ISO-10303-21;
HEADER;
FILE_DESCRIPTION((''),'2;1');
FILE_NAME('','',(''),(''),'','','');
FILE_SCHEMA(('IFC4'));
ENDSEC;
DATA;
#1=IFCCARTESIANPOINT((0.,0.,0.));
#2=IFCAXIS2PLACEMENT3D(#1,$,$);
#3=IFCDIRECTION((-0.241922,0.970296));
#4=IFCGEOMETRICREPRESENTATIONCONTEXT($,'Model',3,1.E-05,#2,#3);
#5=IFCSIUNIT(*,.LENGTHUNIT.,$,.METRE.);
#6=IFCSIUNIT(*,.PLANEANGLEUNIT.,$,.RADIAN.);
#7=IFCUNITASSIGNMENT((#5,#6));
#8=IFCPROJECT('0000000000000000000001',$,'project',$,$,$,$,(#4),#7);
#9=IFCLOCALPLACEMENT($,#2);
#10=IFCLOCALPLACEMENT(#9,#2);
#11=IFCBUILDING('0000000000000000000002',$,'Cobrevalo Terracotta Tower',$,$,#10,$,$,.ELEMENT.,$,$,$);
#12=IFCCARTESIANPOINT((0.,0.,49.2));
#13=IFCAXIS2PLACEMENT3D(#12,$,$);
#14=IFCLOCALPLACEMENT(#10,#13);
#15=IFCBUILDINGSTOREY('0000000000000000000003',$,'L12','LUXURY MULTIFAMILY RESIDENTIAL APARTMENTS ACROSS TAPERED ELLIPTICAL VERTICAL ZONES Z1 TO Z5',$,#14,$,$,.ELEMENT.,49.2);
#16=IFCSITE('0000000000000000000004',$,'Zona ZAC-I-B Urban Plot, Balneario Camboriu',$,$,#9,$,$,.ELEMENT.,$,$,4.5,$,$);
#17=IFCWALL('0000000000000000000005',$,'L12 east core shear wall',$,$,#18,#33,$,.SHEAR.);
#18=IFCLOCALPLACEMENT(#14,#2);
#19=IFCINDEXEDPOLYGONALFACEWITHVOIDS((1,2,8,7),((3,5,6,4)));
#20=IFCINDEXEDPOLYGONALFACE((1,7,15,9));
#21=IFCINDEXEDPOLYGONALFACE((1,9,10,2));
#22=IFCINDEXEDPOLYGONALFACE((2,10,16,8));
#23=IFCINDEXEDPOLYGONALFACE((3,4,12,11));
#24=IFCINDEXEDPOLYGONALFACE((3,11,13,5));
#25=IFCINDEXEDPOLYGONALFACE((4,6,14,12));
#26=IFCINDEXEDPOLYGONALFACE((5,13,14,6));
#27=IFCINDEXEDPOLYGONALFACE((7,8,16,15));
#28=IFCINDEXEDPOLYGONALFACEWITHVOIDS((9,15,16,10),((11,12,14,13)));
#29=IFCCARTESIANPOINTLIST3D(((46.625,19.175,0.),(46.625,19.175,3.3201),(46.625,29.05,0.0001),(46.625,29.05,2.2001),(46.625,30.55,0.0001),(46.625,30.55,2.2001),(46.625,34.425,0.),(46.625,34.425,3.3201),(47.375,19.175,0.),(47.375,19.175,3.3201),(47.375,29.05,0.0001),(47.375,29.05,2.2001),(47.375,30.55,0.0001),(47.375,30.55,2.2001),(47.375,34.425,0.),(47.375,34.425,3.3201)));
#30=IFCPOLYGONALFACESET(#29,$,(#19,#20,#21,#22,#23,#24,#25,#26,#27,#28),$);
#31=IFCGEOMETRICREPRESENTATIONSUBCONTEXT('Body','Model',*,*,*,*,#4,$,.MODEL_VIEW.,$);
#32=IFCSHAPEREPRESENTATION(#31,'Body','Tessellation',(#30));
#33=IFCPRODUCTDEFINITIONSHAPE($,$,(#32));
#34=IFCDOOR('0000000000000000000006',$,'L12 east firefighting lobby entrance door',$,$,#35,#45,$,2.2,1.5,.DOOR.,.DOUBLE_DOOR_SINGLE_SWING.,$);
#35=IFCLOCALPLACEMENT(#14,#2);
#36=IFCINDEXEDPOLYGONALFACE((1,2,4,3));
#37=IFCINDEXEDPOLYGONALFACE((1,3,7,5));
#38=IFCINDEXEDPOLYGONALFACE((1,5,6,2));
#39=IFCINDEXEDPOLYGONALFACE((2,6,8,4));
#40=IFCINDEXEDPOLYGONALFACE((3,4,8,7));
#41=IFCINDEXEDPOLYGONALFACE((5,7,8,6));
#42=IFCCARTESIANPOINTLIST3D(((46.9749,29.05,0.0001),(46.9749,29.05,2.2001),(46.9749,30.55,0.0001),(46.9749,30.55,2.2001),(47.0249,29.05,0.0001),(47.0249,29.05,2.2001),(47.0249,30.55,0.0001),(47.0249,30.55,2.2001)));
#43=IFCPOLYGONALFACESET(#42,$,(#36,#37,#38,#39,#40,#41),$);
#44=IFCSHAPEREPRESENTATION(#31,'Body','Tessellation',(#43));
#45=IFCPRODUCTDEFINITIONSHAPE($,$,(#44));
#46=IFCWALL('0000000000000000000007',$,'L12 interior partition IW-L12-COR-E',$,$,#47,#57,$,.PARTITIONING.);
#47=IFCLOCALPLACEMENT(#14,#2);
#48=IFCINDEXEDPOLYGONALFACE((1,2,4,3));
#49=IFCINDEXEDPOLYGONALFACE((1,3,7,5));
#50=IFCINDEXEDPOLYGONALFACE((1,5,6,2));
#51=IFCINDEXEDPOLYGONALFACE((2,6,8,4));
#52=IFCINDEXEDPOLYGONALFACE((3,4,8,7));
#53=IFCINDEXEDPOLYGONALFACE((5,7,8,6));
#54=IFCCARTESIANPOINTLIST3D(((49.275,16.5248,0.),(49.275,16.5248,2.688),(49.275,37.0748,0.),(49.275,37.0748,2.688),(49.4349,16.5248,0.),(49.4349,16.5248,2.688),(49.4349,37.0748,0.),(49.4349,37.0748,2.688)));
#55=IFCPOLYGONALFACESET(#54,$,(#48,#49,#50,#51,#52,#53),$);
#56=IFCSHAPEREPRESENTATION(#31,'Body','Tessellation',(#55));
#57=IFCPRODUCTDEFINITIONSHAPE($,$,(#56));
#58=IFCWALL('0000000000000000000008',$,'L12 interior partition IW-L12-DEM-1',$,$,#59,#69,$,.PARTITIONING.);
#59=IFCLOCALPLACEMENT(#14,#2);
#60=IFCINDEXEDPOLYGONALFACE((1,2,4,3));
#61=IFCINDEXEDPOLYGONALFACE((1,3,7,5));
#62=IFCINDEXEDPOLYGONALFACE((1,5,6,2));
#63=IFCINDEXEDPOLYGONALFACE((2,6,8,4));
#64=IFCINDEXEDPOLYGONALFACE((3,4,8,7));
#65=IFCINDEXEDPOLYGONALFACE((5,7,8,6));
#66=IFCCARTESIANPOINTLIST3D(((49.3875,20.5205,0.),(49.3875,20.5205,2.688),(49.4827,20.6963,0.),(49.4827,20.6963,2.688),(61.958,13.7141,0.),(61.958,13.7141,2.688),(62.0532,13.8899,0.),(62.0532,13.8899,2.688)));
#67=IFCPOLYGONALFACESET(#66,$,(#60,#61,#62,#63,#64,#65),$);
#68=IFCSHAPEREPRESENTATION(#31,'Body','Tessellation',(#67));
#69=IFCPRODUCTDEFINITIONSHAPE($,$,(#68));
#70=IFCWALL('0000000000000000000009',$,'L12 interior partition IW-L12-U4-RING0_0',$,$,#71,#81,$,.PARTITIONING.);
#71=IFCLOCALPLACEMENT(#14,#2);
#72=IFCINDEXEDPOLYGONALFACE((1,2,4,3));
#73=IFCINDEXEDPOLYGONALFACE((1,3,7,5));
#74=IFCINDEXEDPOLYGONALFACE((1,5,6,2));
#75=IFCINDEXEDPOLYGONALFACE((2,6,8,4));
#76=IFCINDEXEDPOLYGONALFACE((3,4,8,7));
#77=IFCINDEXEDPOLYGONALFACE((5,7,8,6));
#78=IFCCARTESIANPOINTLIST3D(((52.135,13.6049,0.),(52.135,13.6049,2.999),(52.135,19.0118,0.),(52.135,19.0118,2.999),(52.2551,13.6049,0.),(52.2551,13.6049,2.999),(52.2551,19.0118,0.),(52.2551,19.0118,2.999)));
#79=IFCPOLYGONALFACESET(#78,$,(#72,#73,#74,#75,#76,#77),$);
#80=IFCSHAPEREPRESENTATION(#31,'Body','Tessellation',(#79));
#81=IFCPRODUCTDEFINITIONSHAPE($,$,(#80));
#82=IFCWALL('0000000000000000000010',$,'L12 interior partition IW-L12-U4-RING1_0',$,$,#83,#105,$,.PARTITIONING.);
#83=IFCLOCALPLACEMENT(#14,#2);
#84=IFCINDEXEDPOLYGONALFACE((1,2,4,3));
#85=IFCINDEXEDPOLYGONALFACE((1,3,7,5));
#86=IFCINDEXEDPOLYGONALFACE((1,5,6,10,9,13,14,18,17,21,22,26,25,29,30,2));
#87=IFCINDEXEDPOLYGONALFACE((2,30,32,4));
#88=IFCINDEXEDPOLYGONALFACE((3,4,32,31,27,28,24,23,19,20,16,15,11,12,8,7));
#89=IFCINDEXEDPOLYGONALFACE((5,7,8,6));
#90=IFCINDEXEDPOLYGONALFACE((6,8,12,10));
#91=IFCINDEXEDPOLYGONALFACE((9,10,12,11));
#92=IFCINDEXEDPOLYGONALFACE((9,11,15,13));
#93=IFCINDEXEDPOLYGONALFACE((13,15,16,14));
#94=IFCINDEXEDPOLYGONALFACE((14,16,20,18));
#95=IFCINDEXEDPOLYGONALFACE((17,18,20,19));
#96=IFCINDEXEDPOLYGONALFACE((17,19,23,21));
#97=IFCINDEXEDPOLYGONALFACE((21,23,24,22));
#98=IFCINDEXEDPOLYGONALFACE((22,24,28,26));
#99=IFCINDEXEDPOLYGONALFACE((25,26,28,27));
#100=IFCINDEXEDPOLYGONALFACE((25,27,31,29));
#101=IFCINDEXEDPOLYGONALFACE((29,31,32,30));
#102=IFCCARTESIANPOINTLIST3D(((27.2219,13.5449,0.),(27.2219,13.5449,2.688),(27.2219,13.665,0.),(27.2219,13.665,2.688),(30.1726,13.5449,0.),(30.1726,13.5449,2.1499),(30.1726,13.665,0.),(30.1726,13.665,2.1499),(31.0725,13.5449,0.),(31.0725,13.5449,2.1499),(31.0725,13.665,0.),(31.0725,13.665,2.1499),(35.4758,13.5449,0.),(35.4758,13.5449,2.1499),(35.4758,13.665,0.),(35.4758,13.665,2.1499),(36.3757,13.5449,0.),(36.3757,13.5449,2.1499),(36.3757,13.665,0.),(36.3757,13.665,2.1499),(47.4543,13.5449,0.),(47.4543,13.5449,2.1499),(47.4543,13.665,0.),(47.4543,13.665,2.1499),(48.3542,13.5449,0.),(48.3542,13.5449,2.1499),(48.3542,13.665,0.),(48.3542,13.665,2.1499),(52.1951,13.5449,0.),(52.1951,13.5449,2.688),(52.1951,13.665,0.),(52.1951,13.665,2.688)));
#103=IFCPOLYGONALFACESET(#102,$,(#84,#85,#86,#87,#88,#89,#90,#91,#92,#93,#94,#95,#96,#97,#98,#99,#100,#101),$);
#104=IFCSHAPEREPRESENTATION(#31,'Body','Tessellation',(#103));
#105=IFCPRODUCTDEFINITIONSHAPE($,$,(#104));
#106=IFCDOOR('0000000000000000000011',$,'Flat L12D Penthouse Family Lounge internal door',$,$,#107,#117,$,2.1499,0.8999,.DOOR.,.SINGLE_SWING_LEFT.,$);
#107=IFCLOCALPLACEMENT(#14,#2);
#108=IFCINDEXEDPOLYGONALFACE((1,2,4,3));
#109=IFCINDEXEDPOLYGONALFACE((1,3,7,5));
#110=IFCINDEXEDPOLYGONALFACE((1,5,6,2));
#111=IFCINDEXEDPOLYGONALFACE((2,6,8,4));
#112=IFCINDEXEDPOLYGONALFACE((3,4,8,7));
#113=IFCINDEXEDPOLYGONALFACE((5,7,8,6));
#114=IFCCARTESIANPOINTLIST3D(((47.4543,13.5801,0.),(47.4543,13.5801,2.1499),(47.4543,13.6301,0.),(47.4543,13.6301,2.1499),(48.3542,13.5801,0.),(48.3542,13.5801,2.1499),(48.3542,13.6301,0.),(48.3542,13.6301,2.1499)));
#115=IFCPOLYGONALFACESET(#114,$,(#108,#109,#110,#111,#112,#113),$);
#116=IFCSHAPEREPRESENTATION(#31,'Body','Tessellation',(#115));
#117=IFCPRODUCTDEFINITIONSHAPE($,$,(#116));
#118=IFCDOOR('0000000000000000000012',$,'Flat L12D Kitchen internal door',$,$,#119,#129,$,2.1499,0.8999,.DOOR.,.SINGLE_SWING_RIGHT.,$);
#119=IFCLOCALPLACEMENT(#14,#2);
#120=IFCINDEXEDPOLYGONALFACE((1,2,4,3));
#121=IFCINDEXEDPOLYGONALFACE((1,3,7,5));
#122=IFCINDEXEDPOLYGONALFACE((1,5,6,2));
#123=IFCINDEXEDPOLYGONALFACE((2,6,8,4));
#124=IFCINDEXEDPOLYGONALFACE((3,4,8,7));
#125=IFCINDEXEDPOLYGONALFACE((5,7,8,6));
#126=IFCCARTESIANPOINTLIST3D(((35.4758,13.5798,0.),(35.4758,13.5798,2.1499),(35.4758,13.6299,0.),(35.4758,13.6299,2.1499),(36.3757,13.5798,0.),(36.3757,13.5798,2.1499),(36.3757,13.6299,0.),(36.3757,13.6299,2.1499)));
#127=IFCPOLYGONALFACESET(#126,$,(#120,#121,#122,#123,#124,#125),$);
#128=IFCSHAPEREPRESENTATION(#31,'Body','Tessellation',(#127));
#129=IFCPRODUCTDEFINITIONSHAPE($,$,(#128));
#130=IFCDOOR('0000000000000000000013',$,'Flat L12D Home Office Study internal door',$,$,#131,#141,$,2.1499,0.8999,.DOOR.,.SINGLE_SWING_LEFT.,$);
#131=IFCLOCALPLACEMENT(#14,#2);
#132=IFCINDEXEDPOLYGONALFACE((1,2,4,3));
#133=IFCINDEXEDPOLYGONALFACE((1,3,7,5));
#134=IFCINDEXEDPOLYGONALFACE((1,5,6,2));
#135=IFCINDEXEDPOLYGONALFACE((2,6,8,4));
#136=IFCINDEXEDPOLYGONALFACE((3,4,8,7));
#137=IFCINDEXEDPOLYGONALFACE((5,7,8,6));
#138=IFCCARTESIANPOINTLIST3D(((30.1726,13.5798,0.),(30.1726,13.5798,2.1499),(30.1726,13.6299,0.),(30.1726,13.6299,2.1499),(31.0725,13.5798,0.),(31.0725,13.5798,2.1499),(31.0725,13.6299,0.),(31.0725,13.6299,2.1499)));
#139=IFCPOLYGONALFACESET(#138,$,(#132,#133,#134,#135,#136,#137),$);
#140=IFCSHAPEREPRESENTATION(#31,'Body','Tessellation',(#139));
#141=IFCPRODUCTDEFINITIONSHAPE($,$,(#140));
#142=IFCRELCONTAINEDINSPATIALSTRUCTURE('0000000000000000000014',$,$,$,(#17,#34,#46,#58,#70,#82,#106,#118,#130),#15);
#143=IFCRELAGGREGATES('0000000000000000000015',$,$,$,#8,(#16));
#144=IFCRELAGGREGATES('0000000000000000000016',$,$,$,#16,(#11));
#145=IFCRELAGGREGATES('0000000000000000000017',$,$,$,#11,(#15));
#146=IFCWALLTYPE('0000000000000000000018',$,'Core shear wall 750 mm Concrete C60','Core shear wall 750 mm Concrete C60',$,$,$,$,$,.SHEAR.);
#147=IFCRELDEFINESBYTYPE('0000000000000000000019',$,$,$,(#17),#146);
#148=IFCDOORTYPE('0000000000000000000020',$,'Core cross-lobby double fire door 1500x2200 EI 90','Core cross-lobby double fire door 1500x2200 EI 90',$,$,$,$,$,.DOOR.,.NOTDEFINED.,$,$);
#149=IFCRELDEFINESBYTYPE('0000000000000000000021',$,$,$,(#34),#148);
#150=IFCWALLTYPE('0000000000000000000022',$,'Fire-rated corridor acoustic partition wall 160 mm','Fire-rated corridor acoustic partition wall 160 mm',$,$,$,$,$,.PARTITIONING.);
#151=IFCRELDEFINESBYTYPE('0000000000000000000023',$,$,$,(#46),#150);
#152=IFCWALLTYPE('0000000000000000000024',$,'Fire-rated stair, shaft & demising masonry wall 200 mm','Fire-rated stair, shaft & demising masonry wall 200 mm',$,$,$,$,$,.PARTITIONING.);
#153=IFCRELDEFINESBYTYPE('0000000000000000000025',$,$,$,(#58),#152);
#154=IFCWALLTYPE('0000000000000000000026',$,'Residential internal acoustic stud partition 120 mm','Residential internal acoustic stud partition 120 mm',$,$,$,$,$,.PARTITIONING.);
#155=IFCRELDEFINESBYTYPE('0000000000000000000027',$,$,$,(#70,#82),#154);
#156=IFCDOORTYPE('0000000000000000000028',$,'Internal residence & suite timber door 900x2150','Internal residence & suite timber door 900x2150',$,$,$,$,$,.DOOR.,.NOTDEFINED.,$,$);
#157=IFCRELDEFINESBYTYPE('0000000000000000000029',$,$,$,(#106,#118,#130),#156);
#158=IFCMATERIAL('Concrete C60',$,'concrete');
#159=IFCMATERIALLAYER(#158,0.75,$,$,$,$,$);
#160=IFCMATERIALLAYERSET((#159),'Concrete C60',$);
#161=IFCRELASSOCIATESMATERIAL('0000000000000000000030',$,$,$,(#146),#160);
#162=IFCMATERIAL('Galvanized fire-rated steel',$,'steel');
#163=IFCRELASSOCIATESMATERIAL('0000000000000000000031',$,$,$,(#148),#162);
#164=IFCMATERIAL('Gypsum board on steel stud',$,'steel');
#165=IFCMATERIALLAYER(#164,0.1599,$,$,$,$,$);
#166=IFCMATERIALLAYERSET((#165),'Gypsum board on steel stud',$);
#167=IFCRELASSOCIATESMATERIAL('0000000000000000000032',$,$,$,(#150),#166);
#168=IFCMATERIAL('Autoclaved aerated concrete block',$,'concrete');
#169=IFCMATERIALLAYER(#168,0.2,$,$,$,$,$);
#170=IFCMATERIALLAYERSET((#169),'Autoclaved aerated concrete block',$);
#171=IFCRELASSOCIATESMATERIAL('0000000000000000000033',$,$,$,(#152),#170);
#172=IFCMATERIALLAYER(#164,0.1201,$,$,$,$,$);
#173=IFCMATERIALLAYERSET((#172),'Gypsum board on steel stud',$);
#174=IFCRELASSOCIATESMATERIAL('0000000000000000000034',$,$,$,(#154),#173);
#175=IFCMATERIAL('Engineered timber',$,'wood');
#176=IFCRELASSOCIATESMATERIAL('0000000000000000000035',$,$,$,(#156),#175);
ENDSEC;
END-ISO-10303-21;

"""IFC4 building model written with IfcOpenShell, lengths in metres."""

from ifc_helpers import new_model, si_unit, direction, frame, frame_2d, origin, place, context, subcontext, project, spatial, rectangle, extrude, source, transform, mapped, material, layer, layer_set, type_object, element, fill, save


model = new_model("IFC4")

# Units and contexts
model_context = context("Model", 3, precision=1e-05, world=origin(), true_north=direction((-0.241922, 0.970296)))
body_context = subcontext(model_context, "Body", "Model", "MODEL_VIEW")
ifc_project = project(units=[si_unit("LENGTHUNIT", "METRE"), si_unit("PLANEANGLEUNIT", "RADIAN")], contexts=[model_context])

# Site, building, storey
site_placement = place(None, origin())
site = spatial("IfcSite", under=ifc_project, at=site_placement, Name="Zona ZAC-I-B Urban Plot, Balneario Camboriu", CompositionType="ELEMENT", RefElevation=4.5)
building_placement = place(site_placement, origin())
building = spatial("IfcBuilding", under=site, at=building_placement, Name="Cobrevalo Terracotta Tower", CompositionType="ELEMENT")
storey_placement = place(building_placement, frame((0.0, 0.0, 49.2)))
storey = spatial("IfcBuildingStorey", under=building, at=storey_placement, Name="L12", Description="LUXURY MULTIFAMILY RESIDENTIAL APARTMENTS ACROSS TAPERED ELLIPTICAL VERTICAL ZONES Z1 TO Z5", CompositionType="ELEMENT", Elevation=49.2)

# Wall, opening, door
ifc_material_1 = material(Name="Concrete C60", Category="concrete")
ifc_layer_1 = layer(ifc_material_1, 0.75)
ifc_layer_set_1 = layer_set([ifc_layer_1], Name="Concrete C60")
wall_type_1 = type_object("IfcWallType", Name="Core shear wall 750 mm Concrete C60", Description="Core shear wall 750 mm Concrete C60", PredefinedType="SHEAR", material=ifc_layer_set_1)
wall_1_placement = place(storey_placement, frame((47.0, 19.175, 0.0), z_axis=(0.0, 0.0, 1.0), x_axis=(0.0, 1.0, 0.0)))
wall_1 = element("IfcWall", 1, at=wall_1_placement, inside=storey, type_object=wall_type_1, Name="L12 east core shear wall", PredefinedType="SHEAR", context=body_context, shape_type="SweptSolid", body=[
    extrude(rectangle(XDim=15.25, YDim=0.75, at=frame_2d((7.625, 0.0))), origin(), (0.0, 0.0, 1.0), 3.3201),
])
opening_1_placement = place(wall_1_placement, frame((9.875, 0.0, 0.0)))
opening_1 = element("IfcOpeningElement", 2, at=opening_1_placement, cuts=wall_1, PredefinedType="OPENING", context=body_context, shape_type="SweptSolid", body=[
    extrude(rectangle(XDim=1.5, YDim=2.2, at=frame_2d((0.75, 1.1001))), frame((0.0, 0.385, 0.0), z_axis=(0.0, -1.0, 0.0), x_axis=(1.0, 0.0, 0.0)), (0.0, 0.0, 1.0), 0.77),
])
ifc_material_2 = material(Name="Galvanized fire-rated steel", Category="steel")
door_type_1 = type_object("IfcDoorType", Name="Core cross-lobby double fire door 1500x2200 EI 90", Description="Core cross-lobby double fire door 1500x2200 EI 90", OperationType="NOTDEFINED", PredefinedType="DOOR", material=ifc_material_2)
shared_shape_1 = source(origin(), body_context, "Body", "SweptSolid", [
    extrude(rectangle(XDim=1.5, YDim=2.2, at=frame_2d((0.75, 1.1001))), frame((0.0, 0.0249, 0.0), z_axis=(0.0, -1.0, 0.0), x_axis=(1.0, 0.0, 0.0)), (0.0, 0.0, 1.0), 0.05),
])
door_1_placement = place(opening_1_placement, frame((1.5, 0.0, 0.0), z_axis=(0.0, 0.0, 1.0), x_axis=(-1.0, 0.0, 0.0)))
door_1 = element("IfcDoor", 3, at=door_1_placement, inside=storey, type_object=door_type_1, Name="L12 east firefighting lobby entrance door", OperationType="DOUBLE_DOOR_SINGLE_SWING", OverallHeight=2.2, OverallWidth=1.5, PredefinedType="DOOR", context=body_context, shape_type="MappedRepresentation", body=[
    mapped(shared_shape_1, transform((0.0, 0.0, 0.0), scale=1.0)),
])
fill(opening_1, door_1)

# Walls
ifc_material_3 = material(Name="Gypsum board on steel stud", Category="steel")
ifc_layer_2 = layer(ifc_material_3, 0.1599)
ifc_layer_set_2 = layer_set([ifc_layer_2], Name="Gypsum board on steel stud")
wall_type_2 = type_object("IfcWallType", Name="Fire-rated corridor acoustic partition wall 160 mm", Description="Fire-rated corridor acoustic partition wall 160 mm", PredefinedType="PARTITIONING", material=ifc_layer_set_2)
wall_2_placement = place(storey_placement, frame((49.355, 16.5249, 0.0), z_axis=(0.0, 0.0, 1.0), x_axis=(0.0, 1.0, 0.0)))
element("IfcWall", 4, at=wall_2_placement, inside=storey, type_object=wall_type_2, Name="L12 interior partition IW-L12-COR-E", PredefinedType="PARTITIONING", context=body_context, shape_type="SweptSolid", body=[
    extrude(rectangle(XDim=20.55, YDim=0.1599, at=frame_2d((10.2749, 0.0))), origin(), (0.0, 0.0, 1.0), 2.688),
])
ifc_material_4 = material(Name="Autoclaved aerated concrete block", Category="concrete")
ifc_layer_3 = layer(ifc_material_4, 0.2)
ifc_layer_set_3 = layer_set([ifc_layer_3], Name="Autoclaved aerated concrete block")
wall_type_3 = type_object("IfcWallType", Name="Fire-rated stair, shaft & demising masonry wall 200 mm", Description="Fire-rated stair, shaft & demising masonry wall 200 mm", PredefinedType="PARTITIONING", material=ifc_layer_set_3)
wall_3_placement = place(storey_placement, frame((49.4351, 20.6084, 0.0), z_axis=(0.0, 0.0, 1.0), x_axis=(0.87937, -0.47614, 0.0)))
element("IfcWall", 5, at=wall_3_placement, inside=storey, type_object=wall_type_3, Name="L12 interior partition IW-L12-DEM-1", PredefinedType="PARTITIONING", context=body_context, shape_type="SweptSolid", body=[
    extrude(rectangle(XDim=14.2949, YDim=0.2, at=frame_2d((7.1475, 0.0))), origin(), (0.0, 0.0, 1.0), 2.688),
])
ifc_layer_4 = layer(ifc_material_3, 0.1201)
ifc_layer_set_4 = layer_set([ifc_layer_4], Name="Gypsum board on steel stud")
wall_type_4 = type_object("IfcWallType", Name="Residential internal acoustic stud partition 120 mm", Description="Residential internal acoustic stud partition 120 mm", PredefinedType="PARTITIONING", material=ifc_layer_set_4)
wall_4_placement = place(storey_placement, frame((52.1951, 19.012, 0.0), z_axis=(0.0, 0.0, 1.0), x_axis=(0.0, -1.0, 0.0)))
element("IfcWall", 6, at=wall_4_placement, inside=storey, type_object=wall_type_4, Name="L12 interior partition IW-L12-U4-RING0_0", PredefinedType="PARTITIONING", context=body_context, shape_type="SweptSolid", body=[
    extrude(rectangle(XDim=5.407, YDim=0.1201, at=frame_2d((2.7036, 0.0))), origin(), (0.0, 0.0, 1.0), 2.999),
])

# Wall, openings, doors
wall_5_placement = place(storey_placement, frame((52.1951, 13.605, 0.0), z_axis=(0.0, 0.0, 1.0), x_axis=(-1.0, 0.0, 0.0)))
wall_5 = element("IfcWall", 7, at=wall_5_placement, inside=storey, type_object=wall_type_4, Name="L12 interior partition IW-L12-U4-RING1_0", PredefinedType="PARTITIONING", context=body_context, shape_type="SweptSolid", body=[
    extrude(rectangle(XDim=24.9731, YDim=0.1201, at=frame_2d((12.4866, 0.0))), origin(), (0.0, 0.0, 1.0), 2.688),
])
opening_2_placement = place(wall_5_placement, frame((3.8408, 0.0, 0.0)))
opening_2 = element("IfcOpeningElement", 8, at=opening_2_placement, cuts=wall_5, PredefinedType="OPENING", context=body_context, shape_type="SweptSolid", body=[
    extrude(rectangle(XDim=0.8999, YDim=2.1499, at=frame_2d((0.45, 1.075))), frame((0.0, 0.0701, 0.0), z_axis=(0.0, -1.0, 0.0), x_axis=(1.0, 0.0, 0.0)), (0.0, 0.0, 1.0), 0.1401),
])
opening_3_placement = place(wall_5_placement, frame((15.8193, 0.0, 0.0)))
opening_3 = element("IfcOpeningElement", 9, at=opening_3_placement, cuts=wall_5, PredefinedType="OPENING", context=body_context, shape_type="SweptSolid", body=[
    extrude(rectangle(XDim=0.8999, YDim=2.1499, at=frame_2d((0.45, 1.075))), frame((0.0, 0.0701, 0.0), z_axis=(0.0, -1.0, 0.0), x_axis=(1.0, 0.0, 0.0)), (0.0, 0.0, 1.0), 0.1401),
])
opening_4_placement = place(wall_5_placement, frame((21.1226, 0.0, 0.0)))
opening_4 = element("IfcOpeningElement", 10, at=opening_4_placement, cuts=wall_5, PredefinedType="OPENING", context=body_context, shape_type="SweptSolid", body=[
    extrude(rectangle(XDim=0.8999, YDim=2.1499, at=frame_2d((0.45, 1.075))), frame((0.0, 0.0701, 0.0), z_axis=(0.0, -1.0, 0.0), x_axis=(1.0, 0.0, 0.0)), (0.0, 0.0, 1.0), 0.1401),
])
ifc_material_5 = material(Name="Engineered timber", Category="wood")
door_type_2 = type_object("IfcDoorType", Name="Internal residence & suite timber door 900x2150", Description="Internal residence & suite timber door 900x2150", OperationType="NOTDEFINED", PredefinedType="DOOR", material=ifc_material_5)
shared_shape_2 = source(origin(), body_context, "Body", "SweptSolid", [
    extrude(rectangle(XDim=0.8999, YDim=2.1499, at=frame_2d((0.45, 1.075))), frame((0.0, 0.0249, 0.0), z_axis=(0.0, -1.0, 0.0), x_axis=(1.0, 0.0, 0.0)), (0.0, 0.0, 1.0), 0.05),
])
door_2_placement = place(opening_2_placement, origin())
door_2 = element("IfcDoor", 11, at=door_2_placement, inside=storey, type_object=door_type_2, Name="Flat L12D Penthouse Family Lounge internal door", OperationType="SINGLE_SWING_LEFT", OverallHeight=2.1499, OverallWidth=0.8999, PredefinedType="DOOR", context=body_context, shape_type="MappedRepresentation", body=[
    mapped(shared_shape_2, transform((0.0, 0.0, 0.0), scale=1.0)),
])
fill(opening_2, door_2)
door_3_placement = place(opening_3_placement, frame((0.8999, 0.0, 0.0), z_axis=(0.0, 0.0, 1.0), x_axis=(-1.0, 0.0, 0.0)))
door_3 = element("IfcDoor", 12, at=door_3_placement, inside=storey, type_object=door_type_2, Name="Flat L12D Kitchen internal door", OperationType="SINGLE_SWING_RIGHT", OverallHeight=2.1499, OverallWidth=0.8999, PredefinedType="DOOR", context=body_context, shape_type="MappedRepresentation", body=[
    mapped(shared_shape_2, transform((0.0, 0.0, 0.0), scale=1.0)),
])
fill(opening_3, door_3)
door_4_placement = place(opening_4_placement, frame((0.8999, 0.0, 0.0), z_axis=(0.0, 0.0, 1.0), x_axis=(-1.0, 0.0, 0.0)))
door_4 = element("IfcDoor", 13, at=door_4_placement, inside=storey, type_object=door_type_2, Name="Flat L12D Home Office Study internal door", OperationType="SINGLE_SWING_LEFT", OverallHeight=2.1499, OverallWidth=0.8999, PredefinedType="DOOR", context=body_context, shape_type="MappedRepresentation", body=[
    mapped(shared_shape_2, transform((0.0, 0.0, 0.0), scale=1.0)),
])
fill(opening_4, door_4)

save(model, "model.ifc")
